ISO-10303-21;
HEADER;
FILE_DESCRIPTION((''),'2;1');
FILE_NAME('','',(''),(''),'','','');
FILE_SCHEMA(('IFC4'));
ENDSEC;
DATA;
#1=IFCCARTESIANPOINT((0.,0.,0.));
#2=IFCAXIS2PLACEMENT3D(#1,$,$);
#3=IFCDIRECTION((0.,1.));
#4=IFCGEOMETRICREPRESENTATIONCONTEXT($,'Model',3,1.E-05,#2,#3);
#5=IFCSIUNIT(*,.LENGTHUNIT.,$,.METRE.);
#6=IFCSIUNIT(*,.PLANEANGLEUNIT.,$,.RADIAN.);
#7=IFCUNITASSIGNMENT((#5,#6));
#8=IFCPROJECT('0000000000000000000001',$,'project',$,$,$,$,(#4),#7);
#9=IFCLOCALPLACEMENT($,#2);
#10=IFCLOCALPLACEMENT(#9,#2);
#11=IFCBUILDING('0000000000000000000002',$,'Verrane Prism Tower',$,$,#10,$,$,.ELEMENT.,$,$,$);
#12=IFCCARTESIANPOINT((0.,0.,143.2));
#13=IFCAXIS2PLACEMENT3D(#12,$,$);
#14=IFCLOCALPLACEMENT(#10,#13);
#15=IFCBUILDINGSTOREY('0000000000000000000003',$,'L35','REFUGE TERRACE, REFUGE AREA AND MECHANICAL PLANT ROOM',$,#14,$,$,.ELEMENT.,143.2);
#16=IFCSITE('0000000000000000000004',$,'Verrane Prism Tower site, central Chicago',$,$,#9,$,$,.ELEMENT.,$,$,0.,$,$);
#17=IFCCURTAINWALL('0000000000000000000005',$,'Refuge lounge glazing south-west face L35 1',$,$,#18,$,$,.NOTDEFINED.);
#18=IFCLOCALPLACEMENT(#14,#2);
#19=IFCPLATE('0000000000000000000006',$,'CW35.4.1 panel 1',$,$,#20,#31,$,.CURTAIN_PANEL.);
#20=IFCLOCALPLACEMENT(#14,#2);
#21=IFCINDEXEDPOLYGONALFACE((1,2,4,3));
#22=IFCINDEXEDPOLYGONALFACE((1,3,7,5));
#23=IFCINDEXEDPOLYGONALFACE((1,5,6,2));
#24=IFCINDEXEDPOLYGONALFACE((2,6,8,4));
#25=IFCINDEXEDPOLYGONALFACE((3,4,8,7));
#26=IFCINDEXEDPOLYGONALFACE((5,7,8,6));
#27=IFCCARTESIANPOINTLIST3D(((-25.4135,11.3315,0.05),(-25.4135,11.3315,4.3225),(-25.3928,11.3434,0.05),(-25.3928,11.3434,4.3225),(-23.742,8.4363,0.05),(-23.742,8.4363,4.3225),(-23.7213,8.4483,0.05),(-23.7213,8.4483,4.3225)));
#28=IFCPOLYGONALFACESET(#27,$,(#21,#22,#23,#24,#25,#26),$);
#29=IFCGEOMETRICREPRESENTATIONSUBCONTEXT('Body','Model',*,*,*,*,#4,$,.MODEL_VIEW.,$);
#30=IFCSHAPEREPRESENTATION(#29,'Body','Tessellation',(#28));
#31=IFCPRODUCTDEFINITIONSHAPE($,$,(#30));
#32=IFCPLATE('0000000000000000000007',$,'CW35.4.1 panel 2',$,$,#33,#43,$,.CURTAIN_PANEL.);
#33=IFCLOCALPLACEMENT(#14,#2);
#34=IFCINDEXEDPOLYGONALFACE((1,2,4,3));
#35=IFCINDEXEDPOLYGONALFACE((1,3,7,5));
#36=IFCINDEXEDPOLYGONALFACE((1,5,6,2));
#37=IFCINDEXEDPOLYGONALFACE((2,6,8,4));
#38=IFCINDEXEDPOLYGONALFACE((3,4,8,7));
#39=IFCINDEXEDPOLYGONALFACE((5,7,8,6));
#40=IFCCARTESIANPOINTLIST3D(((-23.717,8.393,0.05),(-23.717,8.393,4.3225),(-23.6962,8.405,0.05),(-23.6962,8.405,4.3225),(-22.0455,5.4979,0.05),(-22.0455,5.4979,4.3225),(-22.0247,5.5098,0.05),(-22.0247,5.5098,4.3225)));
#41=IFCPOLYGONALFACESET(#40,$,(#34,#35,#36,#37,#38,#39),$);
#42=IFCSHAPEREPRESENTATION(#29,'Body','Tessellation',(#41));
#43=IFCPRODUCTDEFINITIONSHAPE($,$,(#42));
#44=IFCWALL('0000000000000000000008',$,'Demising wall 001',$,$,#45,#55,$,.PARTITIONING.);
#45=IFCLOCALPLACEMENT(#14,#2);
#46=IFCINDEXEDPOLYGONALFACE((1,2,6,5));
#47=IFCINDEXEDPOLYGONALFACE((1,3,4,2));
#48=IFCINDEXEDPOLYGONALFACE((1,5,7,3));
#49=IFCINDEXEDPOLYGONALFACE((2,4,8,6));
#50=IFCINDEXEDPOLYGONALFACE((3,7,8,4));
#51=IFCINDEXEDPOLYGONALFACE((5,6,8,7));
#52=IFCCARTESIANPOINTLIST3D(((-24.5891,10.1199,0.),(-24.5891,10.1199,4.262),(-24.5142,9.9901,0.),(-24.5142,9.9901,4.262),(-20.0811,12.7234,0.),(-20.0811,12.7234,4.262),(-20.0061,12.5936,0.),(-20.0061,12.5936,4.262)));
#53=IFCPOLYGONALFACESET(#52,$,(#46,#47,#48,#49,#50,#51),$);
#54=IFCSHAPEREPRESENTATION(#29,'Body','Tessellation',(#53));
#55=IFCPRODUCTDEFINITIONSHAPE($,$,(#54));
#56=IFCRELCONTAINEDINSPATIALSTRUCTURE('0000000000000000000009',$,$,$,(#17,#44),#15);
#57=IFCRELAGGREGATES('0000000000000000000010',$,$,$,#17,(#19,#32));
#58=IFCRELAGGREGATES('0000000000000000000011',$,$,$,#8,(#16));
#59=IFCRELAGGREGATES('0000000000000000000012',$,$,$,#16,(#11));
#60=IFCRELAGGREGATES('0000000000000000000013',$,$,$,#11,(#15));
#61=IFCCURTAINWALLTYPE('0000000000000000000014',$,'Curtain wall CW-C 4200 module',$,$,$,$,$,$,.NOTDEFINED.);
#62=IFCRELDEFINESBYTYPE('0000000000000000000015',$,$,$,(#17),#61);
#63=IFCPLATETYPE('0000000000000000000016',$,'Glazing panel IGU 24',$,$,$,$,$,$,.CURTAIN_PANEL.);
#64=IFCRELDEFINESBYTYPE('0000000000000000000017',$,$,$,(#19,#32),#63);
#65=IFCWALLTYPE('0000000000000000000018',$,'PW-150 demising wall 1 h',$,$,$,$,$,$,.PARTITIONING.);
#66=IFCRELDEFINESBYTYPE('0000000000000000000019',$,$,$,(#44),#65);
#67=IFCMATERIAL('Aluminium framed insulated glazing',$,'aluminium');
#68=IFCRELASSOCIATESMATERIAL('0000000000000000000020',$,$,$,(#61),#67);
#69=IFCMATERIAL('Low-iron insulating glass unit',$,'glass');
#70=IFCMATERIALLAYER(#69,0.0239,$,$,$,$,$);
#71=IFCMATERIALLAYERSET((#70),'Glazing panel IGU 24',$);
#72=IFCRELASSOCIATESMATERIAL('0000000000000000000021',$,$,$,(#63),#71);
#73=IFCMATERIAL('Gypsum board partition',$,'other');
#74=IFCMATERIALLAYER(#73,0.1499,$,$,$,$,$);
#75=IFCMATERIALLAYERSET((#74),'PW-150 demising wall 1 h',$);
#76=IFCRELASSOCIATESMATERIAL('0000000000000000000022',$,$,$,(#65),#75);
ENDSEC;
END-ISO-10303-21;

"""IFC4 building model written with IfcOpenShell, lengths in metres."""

from ifc_helpers import new_model, si_unit, direction, frame, frame_2d, origin, origin_2d, place, context, subcontext, project, spatial, rectangle, extrude, material, layer, layer_set, type_object, element, aggregate, save


model = new_model("IFC4")

# Units and contexts
model_context = context("Model", 3, precision=1e-05, world=origin(), true_north=direction((0.0, 1.0)))
body_context = subcontext(model_context, "Body", "Model", "MODEL_VIEW")
ifc_project = project(units=[si_unit("LENGTHUNIT", "METRE"), si_unit("PLANEANGLEUNIT", "RADIAN")], contexts=[model_context])

# Site, building, storey
site_placement = place(None, origin())
site = spatial("IfcSite", under=ifc_project, at=site_placement, Name="Verrane Prism Tower site, central Chicago", CompositionType="ELEMENT", RefElevation=0.0)
building_placement = place(site_placement, origin())
building = spatial("IfcBuilding", under=site, at=building_placement, Name="Verrane Prism Tower", CompositionType="ELEMENT")
storey_placement = place(building_placement, frame((0.0, 0.0, 143.2)))
storey = spatial("IfcBuildingStorey", under=building, at=storey_placement, Name="L35", Description="REFUGE TERRACE, REFUGE AREA AND MECHANICAL PLANT ROOM", CompositionType="ELEMENT", Elevation=143.2)

# Curtain wall
ifc_material_1 = material(Name="Aluminium framed insulated glazing", Category="aluminium")
curtain_wall_type = type_object("IfcCurtainWallType", Name="Curtain wall CW-C 4200 module", PredefinedType="NOTDEFINED", material=ifc_material_1)
curtain_wall_placement = place(storey_placement, origin())
curtain_wall = element("IfcCurtainWall", 1, at=curtain_wall_placement, inside=storey, type_object=curtain_wall_type, Name="Refuge lounge glazing south-west face L35 1", PredefinedType="NOTDEFINED")

# Plates
ifc_material_2 = material(Name="Low-iron insulating glass unit", Category="glass")
ifc_layer_1 = layer(ifc_material_2, 0.0239)
ifc_layer_set_1 = layer_set([ifc_layer_1], Name="Glazing panel IGU 24")
plate_type = type_object("IfcPlateType", Name="Glazing panel IGU 24", PredefinedType="CURTAIN_PANEL", material=ifc_layer_set_1)
plate_1_placement = place(storey_placement, frame((-24.5674, 9.8899, 0.05), z_axis=(0.0, 0.0, 1.0), x_axis=(0.500001, -0.866025, 0.0)))
plate_1 = element("IfcPlate", 2, at=plate_1_placement, type_object=plate_type, Name="CW35.4.1 panel 1", PredefinedType="CURTAIN_PANEL", context=body_context, shape_type="SweptSolid", body=[
    extrude(rectangle(XDim=3.343, YDim=0.0239, at=origin_2d()), origin(), (0.0, 0.0, 1.0), 4.2725),
])
plate_2_placement = place(storey_placement, frame((-22.8708, 6.9514, 0.05), z_axis=(0.0, 0.0, 1.0), x_axis=(0.500001, -0.866025, 0.0)))
plate_2 = element("IfcPlate", 3, at=plate_2_placement, type_object=plate_type, Name="CW35.4.1 panel 2", PredefinedType="CURTAIN_PANEL", context=body_context, shape_type="SweptSolid", body=[
    extrude(rectangle(XDim=3.343, YDim=0.0239, at=origin_2d()), origin(), (0.0, 0.0, 1.0), 4.2725),
])
aggregate(curtain_wall, [plate_1, plate_2])

# Wall
ifc_material_3 = material(Name="Gypsum board partition", Category="other")
ifc_layer_2 = layer(ifc_material_3, 0.1499)
ifc_layer_set_2 = layer_set([ifc_layer_2], Name="PW-150 demising wall 1 h")
wall_type = type_object("IfcWallType", Name="PW-150 demising wall 1 h", PredefinedType="PARTITIONING", material=ifc_layer_set_2)
wall_placement = place(storey_placement, frame((-24.5518, 10.0549, 0.0), z_axis=(0.0, 0.0, 1.0), x_axis=(0.86596, 0.500114, 0.0)))
element("IfcWall", 4, at=wall_placement, inside=storey, type_object=wall_type, Name="Demising wall 001", PredefinedType="PARTITIONING", context=body_context, shape_type="SweptSolid", body=[
    extrude(rectangle(XDim=5.2058, YDim=0.1499, at=frame_2d((2.603, 0.0))), origin(), (0.0, 0.0, 1.0), 4.262),
])

save(model, "model.ifc")
